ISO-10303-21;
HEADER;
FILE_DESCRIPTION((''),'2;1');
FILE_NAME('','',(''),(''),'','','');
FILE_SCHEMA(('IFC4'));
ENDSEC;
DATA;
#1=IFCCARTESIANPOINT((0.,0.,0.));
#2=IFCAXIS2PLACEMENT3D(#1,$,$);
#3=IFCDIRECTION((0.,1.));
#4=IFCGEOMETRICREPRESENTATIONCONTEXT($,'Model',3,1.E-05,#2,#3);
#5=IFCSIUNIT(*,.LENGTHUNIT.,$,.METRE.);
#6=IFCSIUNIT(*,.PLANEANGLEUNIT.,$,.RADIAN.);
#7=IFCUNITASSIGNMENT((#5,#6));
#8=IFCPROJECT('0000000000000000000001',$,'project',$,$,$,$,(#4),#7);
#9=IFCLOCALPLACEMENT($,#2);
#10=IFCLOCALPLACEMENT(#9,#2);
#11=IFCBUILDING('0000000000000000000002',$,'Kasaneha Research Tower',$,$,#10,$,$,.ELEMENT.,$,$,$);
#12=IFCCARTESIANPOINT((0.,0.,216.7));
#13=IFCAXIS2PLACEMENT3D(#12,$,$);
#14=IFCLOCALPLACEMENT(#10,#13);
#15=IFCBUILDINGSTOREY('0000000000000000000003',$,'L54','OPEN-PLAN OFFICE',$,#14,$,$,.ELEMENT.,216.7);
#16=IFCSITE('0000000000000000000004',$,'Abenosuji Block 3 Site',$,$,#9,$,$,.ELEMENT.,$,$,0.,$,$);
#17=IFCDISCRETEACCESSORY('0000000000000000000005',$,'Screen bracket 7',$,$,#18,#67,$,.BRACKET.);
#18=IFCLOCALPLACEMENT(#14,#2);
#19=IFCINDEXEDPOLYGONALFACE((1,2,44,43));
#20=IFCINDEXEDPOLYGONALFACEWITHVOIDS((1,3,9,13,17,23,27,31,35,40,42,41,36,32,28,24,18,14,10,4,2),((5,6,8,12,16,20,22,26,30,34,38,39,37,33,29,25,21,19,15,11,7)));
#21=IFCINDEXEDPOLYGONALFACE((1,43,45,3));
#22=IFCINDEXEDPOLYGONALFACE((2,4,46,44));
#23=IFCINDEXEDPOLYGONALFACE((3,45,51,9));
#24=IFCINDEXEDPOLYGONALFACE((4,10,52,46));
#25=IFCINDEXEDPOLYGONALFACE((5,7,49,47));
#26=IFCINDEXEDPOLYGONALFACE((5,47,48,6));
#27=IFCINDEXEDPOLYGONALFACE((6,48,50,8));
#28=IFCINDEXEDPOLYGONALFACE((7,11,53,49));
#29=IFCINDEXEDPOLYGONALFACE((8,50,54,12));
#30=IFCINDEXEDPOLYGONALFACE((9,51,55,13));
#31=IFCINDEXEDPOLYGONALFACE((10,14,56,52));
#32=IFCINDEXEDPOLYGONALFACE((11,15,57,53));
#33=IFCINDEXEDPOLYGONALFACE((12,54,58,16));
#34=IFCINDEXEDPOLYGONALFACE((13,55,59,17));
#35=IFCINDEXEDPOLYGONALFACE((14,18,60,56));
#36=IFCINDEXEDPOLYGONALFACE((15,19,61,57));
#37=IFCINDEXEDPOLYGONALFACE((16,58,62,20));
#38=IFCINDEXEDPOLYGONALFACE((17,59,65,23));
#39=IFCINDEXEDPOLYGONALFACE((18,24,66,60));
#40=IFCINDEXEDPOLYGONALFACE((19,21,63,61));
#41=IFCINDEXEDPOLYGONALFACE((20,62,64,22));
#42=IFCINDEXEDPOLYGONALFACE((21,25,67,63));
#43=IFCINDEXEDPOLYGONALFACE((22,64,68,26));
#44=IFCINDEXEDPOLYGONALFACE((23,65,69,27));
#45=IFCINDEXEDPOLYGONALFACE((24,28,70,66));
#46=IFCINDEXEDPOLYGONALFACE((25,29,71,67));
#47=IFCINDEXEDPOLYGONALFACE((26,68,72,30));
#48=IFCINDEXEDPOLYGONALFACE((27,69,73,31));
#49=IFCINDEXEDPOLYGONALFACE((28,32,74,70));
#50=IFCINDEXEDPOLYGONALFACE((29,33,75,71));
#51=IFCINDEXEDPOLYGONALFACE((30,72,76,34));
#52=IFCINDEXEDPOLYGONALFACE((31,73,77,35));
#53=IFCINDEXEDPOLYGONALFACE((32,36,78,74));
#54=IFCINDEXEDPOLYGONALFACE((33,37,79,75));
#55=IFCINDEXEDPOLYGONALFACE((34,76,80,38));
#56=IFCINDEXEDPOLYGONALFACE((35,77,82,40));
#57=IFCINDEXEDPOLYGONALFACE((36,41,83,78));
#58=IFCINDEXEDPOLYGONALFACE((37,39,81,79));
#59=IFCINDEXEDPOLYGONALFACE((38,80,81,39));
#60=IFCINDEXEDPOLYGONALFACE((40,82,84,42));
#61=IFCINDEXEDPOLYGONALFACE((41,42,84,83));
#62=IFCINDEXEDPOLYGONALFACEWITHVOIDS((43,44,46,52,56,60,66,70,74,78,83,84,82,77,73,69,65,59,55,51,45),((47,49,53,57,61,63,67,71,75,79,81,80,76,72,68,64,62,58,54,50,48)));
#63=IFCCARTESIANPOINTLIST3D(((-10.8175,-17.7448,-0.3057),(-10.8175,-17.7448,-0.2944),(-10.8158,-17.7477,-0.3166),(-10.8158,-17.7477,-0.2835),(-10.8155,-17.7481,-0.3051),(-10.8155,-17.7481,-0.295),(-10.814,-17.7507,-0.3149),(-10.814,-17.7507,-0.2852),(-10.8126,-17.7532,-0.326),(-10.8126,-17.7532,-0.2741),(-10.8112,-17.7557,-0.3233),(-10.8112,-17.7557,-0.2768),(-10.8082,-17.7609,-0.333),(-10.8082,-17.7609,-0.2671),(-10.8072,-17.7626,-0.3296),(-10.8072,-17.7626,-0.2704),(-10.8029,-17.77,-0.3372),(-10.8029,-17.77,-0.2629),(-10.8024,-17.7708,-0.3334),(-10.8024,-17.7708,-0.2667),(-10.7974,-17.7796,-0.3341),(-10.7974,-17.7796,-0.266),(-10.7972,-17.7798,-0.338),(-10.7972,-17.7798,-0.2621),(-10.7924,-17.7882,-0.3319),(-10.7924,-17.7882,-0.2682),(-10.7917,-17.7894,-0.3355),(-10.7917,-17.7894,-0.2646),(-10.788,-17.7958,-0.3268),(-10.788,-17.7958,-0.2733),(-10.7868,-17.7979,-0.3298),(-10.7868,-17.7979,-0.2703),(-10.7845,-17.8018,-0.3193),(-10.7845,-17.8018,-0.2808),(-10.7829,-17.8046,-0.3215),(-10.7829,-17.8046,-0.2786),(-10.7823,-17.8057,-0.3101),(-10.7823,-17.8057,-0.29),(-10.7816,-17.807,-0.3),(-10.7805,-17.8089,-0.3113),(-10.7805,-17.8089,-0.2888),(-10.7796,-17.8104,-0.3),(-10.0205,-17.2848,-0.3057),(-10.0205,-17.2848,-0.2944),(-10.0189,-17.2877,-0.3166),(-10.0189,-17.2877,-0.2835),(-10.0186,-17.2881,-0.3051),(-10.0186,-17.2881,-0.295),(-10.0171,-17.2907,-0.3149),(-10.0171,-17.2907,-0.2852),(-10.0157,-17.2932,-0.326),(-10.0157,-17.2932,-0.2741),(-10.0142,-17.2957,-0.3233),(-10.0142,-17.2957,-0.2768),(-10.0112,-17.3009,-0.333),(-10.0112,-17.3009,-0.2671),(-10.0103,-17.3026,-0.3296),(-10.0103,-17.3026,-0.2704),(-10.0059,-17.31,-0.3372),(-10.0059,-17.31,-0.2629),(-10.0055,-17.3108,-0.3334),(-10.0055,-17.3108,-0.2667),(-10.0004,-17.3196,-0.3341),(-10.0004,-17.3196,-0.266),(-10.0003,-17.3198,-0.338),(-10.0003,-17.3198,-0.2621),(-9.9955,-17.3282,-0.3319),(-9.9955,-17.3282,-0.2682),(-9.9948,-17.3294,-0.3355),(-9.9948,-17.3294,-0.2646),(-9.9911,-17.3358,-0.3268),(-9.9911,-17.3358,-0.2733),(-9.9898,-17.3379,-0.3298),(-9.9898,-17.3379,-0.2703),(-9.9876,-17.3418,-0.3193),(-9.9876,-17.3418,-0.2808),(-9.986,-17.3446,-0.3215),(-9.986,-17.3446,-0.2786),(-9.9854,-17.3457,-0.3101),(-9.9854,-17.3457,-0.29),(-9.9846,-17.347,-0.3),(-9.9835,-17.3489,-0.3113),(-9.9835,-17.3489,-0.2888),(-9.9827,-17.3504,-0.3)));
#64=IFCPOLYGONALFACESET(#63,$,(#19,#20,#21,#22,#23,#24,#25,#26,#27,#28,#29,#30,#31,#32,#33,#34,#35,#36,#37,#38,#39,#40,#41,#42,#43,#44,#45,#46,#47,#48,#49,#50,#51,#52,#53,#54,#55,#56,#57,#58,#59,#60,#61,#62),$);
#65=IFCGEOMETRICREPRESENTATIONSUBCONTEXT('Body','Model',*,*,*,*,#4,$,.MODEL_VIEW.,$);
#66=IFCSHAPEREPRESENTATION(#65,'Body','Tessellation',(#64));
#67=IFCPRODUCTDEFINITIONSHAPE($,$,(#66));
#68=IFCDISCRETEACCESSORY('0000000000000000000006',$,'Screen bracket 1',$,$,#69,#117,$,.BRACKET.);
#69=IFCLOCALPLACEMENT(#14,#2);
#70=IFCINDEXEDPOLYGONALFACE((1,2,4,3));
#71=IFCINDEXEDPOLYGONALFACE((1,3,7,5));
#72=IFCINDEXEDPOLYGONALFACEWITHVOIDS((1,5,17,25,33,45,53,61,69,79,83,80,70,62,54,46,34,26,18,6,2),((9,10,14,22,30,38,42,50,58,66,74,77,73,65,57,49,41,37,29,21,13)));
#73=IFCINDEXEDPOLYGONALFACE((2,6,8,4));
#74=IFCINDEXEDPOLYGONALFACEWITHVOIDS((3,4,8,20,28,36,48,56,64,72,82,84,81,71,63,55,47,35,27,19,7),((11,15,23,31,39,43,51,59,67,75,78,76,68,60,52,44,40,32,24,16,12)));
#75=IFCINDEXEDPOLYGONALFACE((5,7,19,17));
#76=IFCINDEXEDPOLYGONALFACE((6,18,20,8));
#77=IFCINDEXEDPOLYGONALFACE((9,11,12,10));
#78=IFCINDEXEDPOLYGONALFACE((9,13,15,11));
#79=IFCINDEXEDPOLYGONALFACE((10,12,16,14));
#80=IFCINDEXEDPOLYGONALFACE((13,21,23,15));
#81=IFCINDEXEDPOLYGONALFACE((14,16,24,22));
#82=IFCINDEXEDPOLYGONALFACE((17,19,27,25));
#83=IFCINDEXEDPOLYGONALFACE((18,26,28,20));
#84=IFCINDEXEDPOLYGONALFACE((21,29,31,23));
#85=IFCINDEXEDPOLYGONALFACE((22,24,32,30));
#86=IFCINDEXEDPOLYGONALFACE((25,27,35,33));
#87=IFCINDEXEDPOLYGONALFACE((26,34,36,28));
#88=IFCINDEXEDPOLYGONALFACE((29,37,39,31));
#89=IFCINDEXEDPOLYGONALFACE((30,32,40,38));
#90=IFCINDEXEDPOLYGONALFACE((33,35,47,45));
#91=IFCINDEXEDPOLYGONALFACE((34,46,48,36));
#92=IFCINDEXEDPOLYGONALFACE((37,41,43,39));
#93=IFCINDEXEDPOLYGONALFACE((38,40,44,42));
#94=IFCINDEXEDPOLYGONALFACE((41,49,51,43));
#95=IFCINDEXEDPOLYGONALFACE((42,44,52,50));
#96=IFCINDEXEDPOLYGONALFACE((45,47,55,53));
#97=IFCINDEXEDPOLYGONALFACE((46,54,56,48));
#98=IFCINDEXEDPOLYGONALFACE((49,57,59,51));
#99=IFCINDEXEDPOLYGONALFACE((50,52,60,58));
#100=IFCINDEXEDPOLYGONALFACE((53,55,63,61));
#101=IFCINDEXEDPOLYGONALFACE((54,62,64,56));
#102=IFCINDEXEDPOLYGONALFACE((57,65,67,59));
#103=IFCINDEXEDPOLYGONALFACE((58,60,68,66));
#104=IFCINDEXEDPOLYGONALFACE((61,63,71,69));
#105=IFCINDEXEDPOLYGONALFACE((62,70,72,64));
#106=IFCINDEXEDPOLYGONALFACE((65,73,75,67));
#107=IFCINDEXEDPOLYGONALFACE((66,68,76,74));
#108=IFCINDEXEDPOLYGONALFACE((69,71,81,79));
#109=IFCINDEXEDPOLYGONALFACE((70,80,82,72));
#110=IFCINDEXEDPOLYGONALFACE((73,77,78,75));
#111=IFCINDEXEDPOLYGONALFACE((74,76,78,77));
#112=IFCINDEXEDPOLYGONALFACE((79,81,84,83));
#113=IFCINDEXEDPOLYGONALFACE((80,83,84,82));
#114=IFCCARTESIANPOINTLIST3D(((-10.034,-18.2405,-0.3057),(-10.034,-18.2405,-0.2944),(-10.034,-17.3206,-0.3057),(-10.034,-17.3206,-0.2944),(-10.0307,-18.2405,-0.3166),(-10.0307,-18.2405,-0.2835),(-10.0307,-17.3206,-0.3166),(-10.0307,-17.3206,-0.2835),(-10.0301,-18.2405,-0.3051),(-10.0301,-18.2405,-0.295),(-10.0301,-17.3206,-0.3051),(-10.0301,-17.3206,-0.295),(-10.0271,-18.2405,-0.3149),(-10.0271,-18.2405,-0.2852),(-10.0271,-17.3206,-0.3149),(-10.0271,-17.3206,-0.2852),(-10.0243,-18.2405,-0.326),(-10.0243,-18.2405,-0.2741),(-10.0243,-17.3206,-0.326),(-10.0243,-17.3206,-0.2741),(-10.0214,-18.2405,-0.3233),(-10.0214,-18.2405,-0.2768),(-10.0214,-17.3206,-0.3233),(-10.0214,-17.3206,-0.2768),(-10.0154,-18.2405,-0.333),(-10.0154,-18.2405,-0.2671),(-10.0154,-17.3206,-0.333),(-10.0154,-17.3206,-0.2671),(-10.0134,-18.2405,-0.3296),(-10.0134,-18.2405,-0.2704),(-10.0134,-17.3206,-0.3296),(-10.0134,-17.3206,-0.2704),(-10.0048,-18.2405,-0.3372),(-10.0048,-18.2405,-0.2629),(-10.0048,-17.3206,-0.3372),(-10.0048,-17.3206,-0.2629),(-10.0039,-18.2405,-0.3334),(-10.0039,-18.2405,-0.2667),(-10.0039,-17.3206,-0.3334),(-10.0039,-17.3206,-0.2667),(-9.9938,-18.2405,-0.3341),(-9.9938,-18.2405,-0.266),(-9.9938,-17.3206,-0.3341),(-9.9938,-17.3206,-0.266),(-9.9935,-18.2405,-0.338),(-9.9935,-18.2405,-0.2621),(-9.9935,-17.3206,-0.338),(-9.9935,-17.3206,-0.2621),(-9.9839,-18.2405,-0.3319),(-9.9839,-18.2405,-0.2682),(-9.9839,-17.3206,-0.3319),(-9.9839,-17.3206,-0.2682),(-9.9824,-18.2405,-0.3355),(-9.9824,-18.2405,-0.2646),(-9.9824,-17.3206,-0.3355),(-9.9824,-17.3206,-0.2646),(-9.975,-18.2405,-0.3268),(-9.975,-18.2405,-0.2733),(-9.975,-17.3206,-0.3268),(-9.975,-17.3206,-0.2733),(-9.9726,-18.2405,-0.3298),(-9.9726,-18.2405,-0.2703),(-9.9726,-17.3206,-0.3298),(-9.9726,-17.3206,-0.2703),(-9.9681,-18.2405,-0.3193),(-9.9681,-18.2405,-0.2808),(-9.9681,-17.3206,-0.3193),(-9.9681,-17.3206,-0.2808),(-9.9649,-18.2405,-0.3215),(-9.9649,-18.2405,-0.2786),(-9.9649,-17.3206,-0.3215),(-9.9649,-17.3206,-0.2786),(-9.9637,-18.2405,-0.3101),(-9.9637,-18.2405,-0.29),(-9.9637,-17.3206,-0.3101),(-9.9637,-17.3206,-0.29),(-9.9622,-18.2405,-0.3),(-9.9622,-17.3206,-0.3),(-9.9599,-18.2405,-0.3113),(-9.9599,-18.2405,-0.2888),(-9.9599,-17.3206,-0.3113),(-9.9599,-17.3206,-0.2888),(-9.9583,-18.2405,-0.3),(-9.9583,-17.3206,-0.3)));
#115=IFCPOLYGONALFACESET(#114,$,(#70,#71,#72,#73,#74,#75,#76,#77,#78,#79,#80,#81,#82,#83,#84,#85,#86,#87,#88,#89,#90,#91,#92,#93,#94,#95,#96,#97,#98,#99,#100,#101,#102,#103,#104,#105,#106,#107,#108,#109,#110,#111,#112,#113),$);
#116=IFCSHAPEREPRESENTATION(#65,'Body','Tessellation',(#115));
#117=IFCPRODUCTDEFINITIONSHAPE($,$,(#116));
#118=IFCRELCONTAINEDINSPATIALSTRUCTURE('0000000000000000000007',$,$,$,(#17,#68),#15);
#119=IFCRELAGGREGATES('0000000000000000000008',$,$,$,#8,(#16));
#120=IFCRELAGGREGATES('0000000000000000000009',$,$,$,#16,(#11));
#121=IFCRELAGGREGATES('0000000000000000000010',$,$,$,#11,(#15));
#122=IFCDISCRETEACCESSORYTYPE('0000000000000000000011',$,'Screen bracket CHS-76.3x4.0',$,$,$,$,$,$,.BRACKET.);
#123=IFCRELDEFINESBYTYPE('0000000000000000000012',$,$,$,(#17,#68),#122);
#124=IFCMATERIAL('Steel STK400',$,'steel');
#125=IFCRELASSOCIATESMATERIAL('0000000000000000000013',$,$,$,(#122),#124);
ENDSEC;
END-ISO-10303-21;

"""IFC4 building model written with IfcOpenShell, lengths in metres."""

from ifc_helpers import new_model, si_unit, direction, frame, origin, origin_2d, place, context, subcontext, project, spatial, hollow_circle, extrude, material, material_profile, profile_set, type_object, element, save


model = new_model("IFC4")

# Units and contexts
model_context = context("Model", 3, precision=1e-05, world=origin(), true_north=direction((0.0, 1.0)))
body_context = subcontext(model_context, "Body", "Model", "MODEL_VIEW")
ifc_project = project(units=[si_unit("LENGTHUNIT", "METRE"), si_unit("PLANEANGLEUNIT", "RADIAN")], contexts=[model_context])

# Site, building, storey
site_placement = place(None, origin())
site = spatial("IfcSite", under=ifc_project, at=site_placement, Name="Abenosuji Block 3 Site", CompositionType="ELEMENT", RefElevation=0.0)
building_placement = place(site_placement, origin())
building = spatial("IfcBuilding", under=site, at=building_placement, Name="Kasaneha Research Tower", CompositionType="ELEMENT")
storey_placement = place(building_placement, frame((0.0, 0.0, 216.7)))
storey = spatial("IfcBuildingStorey", under=building, at=storey_placement, Name="L54", Description="OPEN-PLAN OFFICE", CompositionType="ELEMENT", Elevation=216.7)

# Discrete accessories
ifc_material_1 = material(Name="Steel STK400", Category="steel")
ifc_material_profile_1 = material_profile(ifc_material_1, hollow_circle(Radius=0.0381, WallThickness=0.0039, at=origin_2d()), Name="CHS-76.3x4.0")
ifc_profile_set_1 = profile_set([ifc_material_profile_1], Name="Steel STK400")
discrete_accessory_type = type_object("IfcDiscreteAccessoryType", Name="Screen bracket CHS-76.3x4.0", PredefinedType="BRACKET", material=ifc_profile_set_1)
discrete_accessory_1_placement = place(storey_placement, frame((-10.0017, -17.3174, -0.3), z_axis=(-0.86608, -0.499906, 0.0), x_axis=(0.499906, -0.86608, 0.0)))
element("IfcDiscreteAccessory", 1, at=discrete_accessory_1_placement, inside=storey, type_object=discrete_accessory_type, Name="Screen bracket 7", PredefinedType="BRACKET", context=body_context, shape_type="SweptSolid", body=[
    extrude(hollow_circle(Radius=0.0381, WallThickness=0.0039, at=origin_2d()), origin(), (0.0, 0.0, 1.0), 0.9202),
])
discrete_accessory_2_placement = place(storey_placement, frame((-9.9963, -17.3206, -0.3), z_axis=(0.0, -1.0, 0.0), x_axis=(1.0, 0.0, 0.0)))
element("IfcDiscreteAccessory", 2, at=discrete_accessory_2_placement, inside=storey, type_object=discrete_accessory_type, Name="Screen bracket 1", PredefinedType="BRACKET", context=body_context, shape_type="SweptSolid", body=[
    extrude(hollow_circle(Radius=0.0381, WallThickness=0.0039, at=origin_2d()), origin(), (0.0, 0.0, 1.0), 0.9199),
])

save(model, "model.ifc")
